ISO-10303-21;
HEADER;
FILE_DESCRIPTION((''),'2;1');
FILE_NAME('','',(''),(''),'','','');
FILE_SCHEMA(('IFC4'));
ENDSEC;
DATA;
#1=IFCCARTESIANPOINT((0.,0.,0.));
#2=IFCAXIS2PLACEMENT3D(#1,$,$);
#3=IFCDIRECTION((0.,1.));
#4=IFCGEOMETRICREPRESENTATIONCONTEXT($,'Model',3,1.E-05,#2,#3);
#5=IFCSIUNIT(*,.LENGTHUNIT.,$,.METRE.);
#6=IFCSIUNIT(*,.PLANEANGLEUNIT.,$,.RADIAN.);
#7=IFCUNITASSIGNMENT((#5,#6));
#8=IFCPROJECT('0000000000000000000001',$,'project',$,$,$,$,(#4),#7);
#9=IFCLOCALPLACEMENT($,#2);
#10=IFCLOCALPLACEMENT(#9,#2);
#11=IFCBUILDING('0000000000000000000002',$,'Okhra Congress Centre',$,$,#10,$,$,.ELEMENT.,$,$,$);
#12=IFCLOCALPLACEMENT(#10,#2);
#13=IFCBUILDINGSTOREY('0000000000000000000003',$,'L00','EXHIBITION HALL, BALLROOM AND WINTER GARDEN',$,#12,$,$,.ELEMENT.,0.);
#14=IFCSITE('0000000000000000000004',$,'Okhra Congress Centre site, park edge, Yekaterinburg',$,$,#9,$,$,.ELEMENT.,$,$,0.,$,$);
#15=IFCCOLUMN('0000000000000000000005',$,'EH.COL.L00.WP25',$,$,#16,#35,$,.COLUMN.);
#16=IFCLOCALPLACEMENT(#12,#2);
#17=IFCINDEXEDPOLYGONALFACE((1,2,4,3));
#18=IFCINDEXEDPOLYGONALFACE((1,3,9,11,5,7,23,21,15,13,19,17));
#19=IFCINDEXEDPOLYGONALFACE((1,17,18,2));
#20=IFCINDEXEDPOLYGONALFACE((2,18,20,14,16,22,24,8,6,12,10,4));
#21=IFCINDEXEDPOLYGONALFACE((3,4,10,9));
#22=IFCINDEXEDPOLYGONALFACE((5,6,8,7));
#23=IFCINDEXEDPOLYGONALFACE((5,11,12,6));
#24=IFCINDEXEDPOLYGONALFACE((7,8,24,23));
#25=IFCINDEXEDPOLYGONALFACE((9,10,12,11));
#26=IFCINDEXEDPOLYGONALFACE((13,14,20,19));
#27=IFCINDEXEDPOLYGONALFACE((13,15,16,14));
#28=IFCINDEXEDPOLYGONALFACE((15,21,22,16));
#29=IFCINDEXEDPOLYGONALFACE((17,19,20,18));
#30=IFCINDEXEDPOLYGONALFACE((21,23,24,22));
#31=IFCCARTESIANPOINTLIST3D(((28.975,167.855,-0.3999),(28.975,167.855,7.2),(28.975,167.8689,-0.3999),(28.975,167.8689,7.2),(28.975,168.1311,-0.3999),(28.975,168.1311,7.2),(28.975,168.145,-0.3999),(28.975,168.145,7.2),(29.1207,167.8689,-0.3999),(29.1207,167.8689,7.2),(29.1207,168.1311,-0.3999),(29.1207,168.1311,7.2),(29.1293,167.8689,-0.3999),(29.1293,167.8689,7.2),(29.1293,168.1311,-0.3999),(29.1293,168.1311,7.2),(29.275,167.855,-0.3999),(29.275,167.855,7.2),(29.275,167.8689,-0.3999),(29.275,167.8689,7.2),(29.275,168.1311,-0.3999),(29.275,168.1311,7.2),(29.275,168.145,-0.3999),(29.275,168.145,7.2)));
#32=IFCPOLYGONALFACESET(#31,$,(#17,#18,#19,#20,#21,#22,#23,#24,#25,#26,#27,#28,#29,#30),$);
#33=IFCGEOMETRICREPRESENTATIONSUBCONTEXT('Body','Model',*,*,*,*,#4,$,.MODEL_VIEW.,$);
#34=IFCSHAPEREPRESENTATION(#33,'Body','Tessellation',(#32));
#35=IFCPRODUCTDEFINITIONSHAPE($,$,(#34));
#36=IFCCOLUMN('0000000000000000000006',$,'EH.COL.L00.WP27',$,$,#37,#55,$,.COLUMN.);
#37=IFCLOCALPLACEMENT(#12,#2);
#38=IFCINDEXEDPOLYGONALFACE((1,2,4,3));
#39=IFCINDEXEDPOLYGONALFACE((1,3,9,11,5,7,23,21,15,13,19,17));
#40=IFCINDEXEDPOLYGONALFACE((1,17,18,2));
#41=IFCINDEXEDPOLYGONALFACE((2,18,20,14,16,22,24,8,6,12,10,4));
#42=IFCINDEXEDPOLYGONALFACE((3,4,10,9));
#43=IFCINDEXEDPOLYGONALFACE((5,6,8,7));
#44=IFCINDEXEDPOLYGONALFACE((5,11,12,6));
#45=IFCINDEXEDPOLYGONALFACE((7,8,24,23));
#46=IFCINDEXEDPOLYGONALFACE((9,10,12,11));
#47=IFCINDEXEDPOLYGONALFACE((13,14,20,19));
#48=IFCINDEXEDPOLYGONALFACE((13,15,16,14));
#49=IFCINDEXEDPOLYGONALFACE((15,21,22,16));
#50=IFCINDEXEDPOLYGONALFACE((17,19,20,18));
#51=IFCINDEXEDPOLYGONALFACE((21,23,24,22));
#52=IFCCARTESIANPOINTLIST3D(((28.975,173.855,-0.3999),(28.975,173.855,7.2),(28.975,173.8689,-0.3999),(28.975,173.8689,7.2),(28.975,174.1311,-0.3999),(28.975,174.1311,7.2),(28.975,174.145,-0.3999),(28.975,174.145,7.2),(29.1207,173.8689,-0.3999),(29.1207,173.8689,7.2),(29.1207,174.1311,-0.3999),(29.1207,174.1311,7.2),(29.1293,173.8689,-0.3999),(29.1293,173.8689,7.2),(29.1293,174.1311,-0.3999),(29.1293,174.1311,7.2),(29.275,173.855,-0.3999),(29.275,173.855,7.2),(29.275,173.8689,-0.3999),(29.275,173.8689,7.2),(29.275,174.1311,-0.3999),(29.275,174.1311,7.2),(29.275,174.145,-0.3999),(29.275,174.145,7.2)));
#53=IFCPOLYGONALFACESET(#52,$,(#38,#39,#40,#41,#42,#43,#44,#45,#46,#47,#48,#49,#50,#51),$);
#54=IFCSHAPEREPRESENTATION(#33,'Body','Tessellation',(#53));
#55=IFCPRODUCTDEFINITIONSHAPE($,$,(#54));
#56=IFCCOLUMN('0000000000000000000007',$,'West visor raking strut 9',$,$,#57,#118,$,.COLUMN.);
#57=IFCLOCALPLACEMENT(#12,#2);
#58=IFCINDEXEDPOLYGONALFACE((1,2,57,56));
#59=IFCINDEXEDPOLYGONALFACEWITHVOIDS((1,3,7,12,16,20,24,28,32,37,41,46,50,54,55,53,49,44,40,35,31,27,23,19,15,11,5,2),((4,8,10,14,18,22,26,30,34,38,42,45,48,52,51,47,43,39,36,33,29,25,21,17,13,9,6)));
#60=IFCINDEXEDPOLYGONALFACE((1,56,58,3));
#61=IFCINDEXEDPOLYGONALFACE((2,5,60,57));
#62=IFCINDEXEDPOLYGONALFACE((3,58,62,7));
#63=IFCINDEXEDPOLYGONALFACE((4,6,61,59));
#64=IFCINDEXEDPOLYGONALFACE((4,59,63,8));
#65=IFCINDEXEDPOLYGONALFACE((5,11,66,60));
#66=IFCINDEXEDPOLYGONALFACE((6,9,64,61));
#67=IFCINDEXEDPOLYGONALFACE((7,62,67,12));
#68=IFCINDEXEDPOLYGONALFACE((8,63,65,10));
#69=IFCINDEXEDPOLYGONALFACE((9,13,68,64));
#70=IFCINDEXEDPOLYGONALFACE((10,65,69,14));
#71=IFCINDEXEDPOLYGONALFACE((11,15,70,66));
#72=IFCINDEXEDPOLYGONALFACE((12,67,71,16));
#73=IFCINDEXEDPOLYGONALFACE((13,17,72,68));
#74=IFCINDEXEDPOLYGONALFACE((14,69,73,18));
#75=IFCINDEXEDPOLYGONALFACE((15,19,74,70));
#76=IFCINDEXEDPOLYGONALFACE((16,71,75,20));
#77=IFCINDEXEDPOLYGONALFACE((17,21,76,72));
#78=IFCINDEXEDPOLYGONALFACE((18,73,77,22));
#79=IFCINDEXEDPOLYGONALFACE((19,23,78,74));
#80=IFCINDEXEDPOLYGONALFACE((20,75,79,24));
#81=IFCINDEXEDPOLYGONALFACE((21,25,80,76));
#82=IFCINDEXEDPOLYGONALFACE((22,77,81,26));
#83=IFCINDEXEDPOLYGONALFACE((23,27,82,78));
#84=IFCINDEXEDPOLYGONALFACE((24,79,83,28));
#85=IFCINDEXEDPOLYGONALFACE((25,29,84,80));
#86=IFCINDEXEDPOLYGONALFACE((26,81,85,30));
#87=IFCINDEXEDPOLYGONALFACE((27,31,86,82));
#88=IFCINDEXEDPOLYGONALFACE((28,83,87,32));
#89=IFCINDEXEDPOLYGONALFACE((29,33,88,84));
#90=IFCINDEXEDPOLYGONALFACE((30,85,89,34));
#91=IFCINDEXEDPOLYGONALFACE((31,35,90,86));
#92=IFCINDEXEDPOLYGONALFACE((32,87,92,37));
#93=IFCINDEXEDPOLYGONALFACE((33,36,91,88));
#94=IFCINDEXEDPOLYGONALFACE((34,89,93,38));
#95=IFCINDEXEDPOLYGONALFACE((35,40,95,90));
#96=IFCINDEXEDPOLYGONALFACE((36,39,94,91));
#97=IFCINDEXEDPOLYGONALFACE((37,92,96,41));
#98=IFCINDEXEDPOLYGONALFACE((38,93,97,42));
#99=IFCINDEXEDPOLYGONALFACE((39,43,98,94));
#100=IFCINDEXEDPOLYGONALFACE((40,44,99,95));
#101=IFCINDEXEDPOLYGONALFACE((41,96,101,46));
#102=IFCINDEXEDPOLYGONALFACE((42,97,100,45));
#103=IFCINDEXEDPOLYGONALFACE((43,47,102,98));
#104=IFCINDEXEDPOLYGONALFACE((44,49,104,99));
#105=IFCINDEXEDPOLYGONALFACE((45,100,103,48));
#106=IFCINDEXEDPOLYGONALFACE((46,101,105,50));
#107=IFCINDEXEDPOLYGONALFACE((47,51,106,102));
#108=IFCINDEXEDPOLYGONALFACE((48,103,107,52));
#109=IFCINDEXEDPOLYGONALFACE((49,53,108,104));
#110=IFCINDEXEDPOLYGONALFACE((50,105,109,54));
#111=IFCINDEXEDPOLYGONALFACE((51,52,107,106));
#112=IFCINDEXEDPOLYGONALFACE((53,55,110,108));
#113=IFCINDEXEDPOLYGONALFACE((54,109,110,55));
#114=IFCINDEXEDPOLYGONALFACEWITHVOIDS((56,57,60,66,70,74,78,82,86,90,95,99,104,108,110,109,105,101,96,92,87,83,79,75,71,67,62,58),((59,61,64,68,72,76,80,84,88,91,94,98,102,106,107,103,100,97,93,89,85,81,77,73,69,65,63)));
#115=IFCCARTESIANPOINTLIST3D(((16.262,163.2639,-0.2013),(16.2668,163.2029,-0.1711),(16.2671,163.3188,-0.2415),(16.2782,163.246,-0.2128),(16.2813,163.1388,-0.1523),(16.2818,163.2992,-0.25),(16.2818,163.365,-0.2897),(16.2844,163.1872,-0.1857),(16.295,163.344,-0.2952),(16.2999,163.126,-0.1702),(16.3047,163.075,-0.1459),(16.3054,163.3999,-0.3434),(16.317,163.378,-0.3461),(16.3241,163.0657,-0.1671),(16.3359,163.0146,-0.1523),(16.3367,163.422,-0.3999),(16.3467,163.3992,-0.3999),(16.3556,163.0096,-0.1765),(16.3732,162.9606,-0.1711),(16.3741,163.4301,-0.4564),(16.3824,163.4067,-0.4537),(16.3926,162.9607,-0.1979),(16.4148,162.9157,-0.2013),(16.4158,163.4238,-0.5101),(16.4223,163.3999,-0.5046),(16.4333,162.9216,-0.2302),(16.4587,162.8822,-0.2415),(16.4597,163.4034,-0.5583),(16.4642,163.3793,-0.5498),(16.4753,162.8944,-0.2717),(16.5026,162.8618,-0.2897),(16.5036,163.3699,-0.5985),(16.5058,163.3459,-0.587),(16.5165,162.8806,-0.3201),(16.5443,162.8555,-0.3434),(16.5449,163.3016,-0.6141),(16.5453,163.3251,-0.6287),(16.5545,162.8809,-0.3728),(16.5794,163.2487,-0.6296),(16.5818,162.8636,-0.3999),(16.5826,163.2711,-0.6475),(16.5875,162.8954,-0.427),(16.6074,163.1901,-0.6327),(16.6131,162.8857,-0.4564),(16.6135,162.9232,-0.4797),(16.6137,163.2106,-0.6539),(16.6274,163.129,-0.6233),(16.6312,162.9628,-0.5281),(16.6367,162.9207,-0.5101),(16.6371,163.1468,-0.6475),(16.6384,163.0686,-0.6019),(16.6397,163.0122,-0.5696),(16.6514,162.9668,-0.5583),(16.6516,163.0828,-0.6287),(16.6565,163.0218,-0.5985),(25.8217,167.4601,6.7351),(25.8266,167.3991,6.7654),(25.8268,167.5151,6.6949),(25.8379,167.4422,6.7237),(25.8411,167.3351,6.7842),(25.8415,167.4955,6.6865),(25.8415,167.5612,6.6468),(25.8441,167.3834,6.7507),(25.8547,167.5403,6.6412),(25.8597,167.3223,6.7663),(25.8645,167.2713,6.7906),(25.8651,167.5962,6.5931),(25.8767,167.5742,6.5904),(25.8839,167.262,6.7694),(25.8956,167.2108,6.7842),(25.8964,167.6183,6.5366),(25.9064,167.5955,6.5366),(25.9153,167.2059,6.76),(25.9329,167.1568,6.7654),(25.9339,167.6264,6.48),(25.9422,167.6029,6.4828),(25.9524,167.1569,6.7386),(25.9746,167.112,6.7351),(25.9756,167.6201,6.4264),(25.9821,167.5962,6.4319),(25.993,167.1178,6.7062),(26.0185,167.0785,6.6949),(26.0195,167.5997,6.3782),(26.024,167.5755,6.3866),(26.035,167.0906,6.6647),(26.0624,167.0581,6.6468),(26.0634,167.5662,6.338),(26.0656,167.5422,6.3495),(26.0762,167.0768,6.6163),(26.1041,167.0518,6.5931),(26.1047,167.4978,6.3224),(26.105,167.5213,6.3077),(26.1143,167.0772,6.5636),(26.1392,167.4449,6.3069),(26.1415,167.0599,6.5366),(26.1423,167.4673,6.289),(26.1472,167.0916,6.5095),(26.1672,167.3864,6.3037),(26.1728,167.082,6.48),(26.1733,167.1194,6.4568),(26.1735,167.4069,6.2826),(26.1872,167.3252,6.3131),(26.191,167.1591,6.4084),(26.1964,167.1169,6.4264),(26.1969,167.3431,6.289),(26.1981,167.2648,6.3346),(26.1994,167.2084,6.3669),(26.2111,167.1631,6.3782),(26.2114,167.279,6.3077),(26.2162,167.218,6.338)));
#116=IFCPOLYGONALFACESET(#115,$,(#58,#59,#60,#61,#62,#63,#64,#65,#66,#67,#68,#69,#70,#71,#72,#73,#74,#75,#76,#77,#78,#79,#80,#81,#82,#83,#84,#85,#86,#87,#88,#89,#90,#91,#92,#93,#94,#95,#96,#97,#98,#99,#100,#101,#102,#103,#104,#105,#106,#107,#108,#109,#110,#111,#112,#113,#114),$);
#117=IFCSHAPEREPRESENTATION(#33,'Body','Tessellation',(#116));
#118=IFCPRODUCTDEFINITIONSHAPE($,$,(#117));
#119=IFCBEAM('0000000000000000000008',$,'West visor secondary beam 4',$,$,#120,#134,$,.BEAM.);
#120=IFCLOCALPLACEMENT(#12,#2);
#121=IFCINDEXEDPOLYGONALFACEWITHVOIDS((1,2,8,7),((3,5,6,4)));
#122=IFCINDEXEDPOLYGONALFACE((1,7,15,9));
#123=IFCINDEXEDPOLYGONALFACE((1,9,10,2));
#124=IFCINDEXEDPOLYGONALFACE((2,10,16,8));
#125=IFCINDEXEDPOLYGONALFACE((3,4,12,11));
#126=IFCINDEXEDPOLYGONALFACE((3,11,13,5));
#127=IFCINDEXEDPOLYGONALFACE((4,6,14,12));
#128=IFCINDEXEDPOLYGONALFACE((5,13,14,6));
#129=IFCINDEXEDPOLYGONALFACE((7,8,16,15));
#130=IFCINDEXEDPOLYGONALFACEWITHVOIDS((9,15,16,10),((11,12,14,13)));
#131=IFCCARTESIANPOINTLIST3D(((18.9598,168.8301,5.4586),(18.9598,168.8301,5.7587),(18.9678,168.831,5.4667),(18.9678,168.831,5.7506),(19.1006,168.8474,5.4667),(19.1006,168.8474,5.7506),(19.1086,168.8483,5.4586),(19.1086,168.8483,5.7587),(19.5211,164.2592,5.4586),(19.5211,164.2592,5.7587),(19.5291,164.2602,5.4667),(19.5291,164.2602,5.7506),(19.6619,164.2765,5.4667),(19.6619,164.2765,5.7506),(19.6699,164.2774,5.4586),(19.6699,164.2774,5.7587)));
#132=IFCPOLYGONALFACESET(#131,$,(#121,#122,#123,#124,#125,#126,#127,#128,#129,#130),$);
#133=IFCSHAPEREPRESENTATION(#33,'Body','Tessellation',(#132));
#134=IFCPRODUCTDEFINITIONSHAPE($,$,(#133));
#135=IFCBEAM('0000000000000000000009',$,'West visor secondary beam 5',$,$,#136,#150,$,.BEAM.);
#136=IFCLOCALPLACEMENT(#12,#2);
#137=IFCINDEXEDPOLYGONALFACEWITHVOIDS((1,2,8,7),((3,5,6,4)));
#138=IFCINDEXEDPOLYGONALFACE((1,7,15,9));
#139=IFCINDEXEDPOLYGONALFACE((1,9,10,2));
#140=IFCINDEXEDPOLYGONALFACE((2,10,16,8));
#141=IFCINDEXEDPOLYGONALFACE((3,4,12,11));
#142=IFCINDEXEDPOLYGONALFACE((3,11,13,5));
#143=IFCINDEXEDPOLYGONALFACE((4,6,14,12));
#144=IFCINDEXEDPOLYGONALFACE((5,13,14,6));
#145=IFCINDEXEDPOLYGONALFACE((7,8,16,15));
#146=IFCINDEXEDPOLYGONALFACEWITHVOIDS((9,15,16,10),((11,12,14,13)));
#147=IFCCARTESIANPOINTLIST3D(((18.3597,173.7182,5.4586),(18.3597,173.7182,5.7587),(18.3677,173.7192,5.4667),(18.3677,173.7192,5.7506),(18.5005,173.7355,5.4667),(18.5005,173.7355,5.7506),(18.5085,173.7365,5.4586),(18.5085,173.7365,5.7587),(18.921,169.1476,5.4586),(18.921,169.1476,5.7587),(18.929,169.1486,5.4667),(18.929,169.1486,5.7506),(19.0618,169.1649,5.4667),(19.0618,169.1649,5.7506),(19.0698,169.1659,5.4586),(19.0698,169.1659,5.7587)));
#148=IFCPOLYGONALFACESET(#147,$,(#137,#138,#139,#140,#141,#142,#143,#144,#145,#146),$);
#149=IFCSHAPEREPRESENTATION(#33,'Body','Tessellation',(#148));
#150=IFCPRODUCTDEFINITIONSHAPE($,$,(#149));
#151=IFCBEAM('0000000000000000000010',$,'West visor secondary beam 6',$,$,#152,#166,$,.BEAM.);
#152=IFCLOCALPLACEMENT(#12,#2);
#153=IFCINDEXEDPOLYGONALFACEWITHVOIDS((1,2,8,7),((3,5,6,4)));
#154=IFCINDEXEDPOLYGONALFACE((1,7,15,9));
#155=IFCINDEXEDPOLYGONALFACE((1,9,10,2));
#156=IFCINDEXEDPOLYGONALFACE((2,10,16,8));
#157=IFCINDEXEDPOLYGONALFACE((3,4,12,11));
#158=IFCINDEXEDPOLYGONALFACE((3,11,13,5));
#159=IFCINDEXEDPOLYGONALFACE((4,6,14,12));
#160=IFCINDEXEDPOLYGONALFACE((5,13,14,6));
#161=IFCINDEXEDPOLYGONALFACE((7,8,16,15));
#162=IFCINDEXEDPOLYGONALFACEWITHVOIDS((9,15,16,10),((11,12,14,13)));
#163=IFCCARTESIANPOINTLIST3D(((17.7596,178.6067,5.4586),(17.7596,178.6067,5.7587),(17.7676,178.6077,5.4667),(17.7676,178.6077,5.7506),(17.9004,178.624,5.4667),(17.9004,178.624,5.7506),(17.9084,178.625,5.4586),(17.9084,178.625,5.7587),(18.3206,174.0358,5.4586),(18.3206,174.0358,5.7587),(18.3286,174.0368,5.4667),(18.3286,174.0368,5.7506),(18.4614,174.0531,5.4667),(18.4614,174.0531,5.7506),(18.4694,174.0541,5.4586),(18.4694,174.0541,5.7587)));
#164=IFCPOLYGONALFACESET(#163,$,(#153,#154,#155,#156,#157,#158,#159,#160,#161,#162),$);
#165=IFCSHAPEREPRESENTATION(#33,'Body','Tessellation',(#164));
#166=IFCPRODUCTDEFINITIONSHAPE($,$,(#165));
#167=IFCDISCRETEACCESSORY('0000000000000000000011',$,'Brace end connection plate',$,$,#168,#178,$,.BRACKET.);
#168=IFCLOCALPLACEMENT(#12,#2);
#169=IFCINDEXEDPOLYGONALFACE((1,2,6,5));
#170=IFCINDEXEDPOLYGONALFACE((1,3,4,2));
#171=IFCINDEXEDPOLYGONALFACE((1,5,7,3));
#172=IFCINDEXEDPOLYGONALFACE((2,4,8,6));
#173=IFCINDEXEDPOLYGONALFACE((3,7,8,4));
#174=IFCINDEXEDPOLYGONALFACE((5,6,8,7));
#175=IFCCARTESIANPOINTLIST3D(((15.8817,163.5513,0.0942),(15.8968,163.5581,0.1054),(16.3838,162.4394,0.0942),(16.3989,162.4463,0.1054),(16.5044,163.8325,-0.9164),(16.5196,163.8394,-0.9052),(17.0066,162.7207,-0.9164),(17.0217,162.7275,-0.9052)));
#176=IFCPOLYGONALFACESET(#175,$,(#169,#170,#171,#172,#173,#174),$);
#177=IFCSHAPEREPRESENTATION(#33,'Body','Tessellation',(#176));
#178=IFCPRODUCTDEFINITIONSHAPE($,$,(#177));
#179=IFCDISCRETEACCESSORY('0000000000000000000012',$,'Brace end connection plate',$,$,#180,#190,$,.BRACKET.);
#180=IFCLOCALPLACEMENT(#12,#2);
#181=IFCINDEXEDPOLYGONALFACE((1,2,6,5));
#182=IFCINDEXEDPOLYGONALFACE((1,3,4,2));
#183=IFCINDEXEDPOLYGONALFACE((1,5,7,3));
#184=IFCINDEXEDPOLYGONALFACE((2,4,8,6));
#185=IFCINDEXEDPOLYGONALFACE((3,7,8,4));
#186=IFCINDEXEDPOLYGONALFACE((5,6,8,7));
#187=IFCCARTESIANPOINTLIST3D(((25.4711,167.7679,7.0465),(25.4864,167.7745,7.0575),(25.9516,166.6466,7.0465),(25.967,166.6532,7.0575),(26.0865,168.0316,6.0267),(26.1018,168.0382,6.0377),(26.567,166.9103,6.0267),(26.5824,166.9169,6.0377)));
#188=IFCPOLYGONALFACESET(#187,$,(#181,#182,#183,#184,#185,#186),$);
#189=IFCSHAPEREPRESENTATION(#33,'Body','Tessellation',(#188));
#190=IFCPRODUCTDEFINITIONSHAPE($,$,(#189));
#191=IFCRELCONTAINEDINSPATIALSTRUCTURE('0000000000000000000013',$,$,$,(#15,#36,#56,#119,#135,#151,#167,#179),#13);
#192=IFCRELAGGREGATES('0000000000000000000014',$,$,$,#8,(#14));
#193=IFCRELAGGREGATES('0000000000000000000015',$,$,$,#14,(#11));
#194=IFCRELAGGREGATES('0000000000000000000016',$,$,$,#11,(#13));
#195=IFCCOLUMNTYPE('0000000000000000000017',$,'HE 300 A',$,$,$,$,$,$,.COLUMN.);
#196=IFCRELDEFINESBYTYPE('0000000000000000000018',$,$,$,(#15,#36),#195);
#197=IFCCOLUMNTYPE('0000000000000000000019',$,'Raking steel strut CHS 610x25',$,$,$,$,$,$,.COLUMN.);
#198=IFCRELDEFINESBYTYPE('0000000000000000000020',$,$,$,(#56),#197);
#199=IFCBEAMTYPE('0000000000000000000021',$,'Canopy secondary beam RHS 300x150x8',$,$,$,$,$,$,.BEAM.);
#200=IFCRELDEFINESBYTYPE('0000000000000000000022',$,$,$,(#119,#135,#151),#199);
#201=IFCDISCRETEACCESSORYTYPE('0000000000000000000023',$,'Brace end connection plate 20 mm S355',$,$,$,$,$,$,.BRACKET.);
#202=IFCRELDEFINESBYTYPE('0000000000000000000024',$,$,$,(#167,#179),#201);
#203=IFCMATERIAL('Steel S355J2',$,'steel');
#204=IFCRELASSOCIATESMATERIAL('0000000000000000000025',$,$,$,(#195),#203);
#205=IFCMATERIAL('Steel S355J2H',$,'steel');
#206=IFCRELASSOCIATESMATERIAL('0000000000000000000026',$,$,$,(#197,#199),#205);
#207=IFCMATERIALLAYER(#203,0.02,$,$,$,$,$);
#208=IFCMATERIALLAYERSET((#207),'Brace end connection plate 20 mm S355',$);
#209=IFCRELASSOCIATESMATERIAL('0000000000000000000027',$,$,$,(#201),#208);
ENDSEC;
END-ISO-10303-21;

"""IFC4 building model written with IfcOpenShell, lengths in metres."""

from ifc_helpers import new_model, si_unit, direction, frame, origin, origin_2d, place, context, subcontext, project, spatial, rectangle, hollow_rectangle, hollow_circle, i_section, extrude, material, layer, layer_set, material_profile, profile_set, type_object, element, save


model = new_model("IFC4")

# Units and contexts
model_context = context("Model", 3, precision=1e-05, world=origin(), true_north=direction((0.0, 1.0)))
body_context = subcontext(model_context, "Body", "Model", "MODEL_VIEW")
ifc_project = project(units=[si_unit("LENGTHUNIT", "METRE"), si_unit("PLANEANGLEUNIT", "RADIAN")], contexts=[model_context])

# Site, building, storey
site_placement = place(None, origin())
site = spatial("IfcSite", under=ifc_project, at=site_placement, Name="Okhra Congress Centre site, park edge, Yekaterinburg", CompositionType="ELEMENT", RefElevation=0.0)
building_placement = place(site_placement, origin())
building = spatial("IfcBuilding", under=site, at=building_placement, Name="Okhra Congress Centre", CompositionType="ELEMENT")
storey_placement = place(building_placement, origin())
storey = spatial("IfcBuildingStorey", under=building, at=storey_placement, Name="L00", Description="EXHIBITION HALL, BALLROOM AND WINTER GARDEN", CompositionType="ELEMENT", Elevation=0.0)

# Columns
ifc_material_1 = material(Name="Steel S355J2", Category="steel")
ifc_material_profile_1 = material_profile(ifc_material_1, i_section(OverallWidth=0.3, OverallDepth=0.29, WebThickness=0.0085, FlangeThickness=0.0139, at=origin_2d()), Name="HE 300 A")
ifc_profile_set_1 = profile_set([ifc_material_profile_1], Name="Steel S355J2")
column_type_1 = type_object("IfcColumnType", Name="HE 300 A", PredefinedType="COLUMN", material=ifc_profile_set_1)
for number, where, z_axis, x_axis, name in (
    (1, (29.125, 168.0, -0.3999), (0.0, 0.0, 1.0), (1.0, 0.0, 0.0), "EH.COL.L00.WP25"),
    (2, (29.125, 174.0, -0.3999), (0.0, 0.0, 1.0), (1.0, 0.0, 0.0), "EH.COL.L00.WP27"),
):
    element("IfcColumn", number, at=place(storey_placement, frame(where, z_axis=z_axis, x_axis=x_axis)), inside=storey, type_object=column_type_1, Name=name, PredefinedType="COLUMN", context=body_context, shape_type="SweptSolid", body=[
        extrude(i_section(OverallWidth=0.3, OverallDepth=0.29, WebThickness=0.0085, FlangeThickness=0.0139, at=origin_2d()), origin(), (0.0, 0.0, 1.0), 7.5999),
    ])
ifc_material_2 = material(Name="Steel S355J2H", Category="steel")
ifc_material_profile_2 = material_profile(ifc_material_2, hollow_circle(Radius=0.3049, WallThickness=0.0249, at=origin_2d()), Name="CHS 610x25")
ifc_profile_set_2 = profile_set([ifc_material_profile_2], Name="Steel S355J2H")
column_type_2 = type_object("IfcColumnType", Name="Raking steel strut CHS 610x25", PredefinedType="COLUMN", material=ifc_profile_set_2)
column_placement = place(storey_placement, frame((16.4592, 163.1428, -0.3999), z_axis=(0.762679, 0.334779, 0.553394), x_axis=(-0.401934, 0.915669, 0.0)))
element("IfcColumn", 3, at=column_placement, inside=storey, type_object=column_type_2, Name="West visor raking strut 9", PredefinedType="COLUMN", context=body_context, shape_type="SweptSolid", body=[
    extrude(hollow_circle(Radius=0.3049, WallThickness=0.0249, at=origin_2d()), origin(), (0.0, 0.0, 1.0), 12.5344),
])

# Beams
ifc_material_profile_3 = material_profile(ifc_material_2, hollow_rectangle(XDim=0.1499, YDim=0.3, WallThickness=0.0081, at=origin_2d()), Name="RHS 300x150x8")
ifc_profile_set_3 = profile_set([ifc_material_profile_3], Name="Steel S355J2H")
beam_type = type_object("IfcBeamType", Name="Canopy secondary beam RHS 300x150x8", PredefinedType="BEAM", material=ifc_profile_set_3)
beam_1_placement = place(storey_placement, frame((19.5955, 164.2683, 5.6086), z_axis=(-0.121881, 0.992545, 0.0), x_axis=(-0.992545, -0.121881, 0.0)))
element("IfcBeam", 4, at=beam_1_placement, inside=storey, type_object=beam_type, Name="West visor secondary beam 4", PredefinedType="BEAM", context=body_context, shape_type="SweptSolid", body=[
    extrude(hollow_rectangle(XDim=0.1499, YDim=0.3, WallThickness=0.0081, at=origin_2d()), origin(), (0.0, 0.0, 1.0), 4.6052),
])
beam_2_placement = place(storey_placement, frame((18.9954, 169.1567, 5.6086), z_axis=(-0.121888, 0.992544, 0.0), x_axis=(-0.992544, -0.121888, 0.0)))
element("IfcBeam", 5, at=beam_2_placement, inside=storey, type_object=beam_type, Name="West visor secondary beam 5", PredefinedType="BEAM", context=body_context, shape_type="SweptSolid", body=[
    extrude(hollow_rectangle(XDim=0.1499, YDim=0.3, WallThickness=0.0081, at=origin_2d()), origin(), (0.0, 0.0, 1.0), 4.605),
])
beam_3_placement = place(storey_placement, frame((18.395, 174.0449, 5.6086), z_axis=(-0.121829, 0.992551, 0.0), x_axis=(-0.992551, -0.121829, 0.0)))
element("IfcBeam", 6, at=beam_3_placement, inside=storey, type_object=beam_type, Name="West visor secondary beam 6", PredefinedType="BEAM", context=body_context, shape_type="SweptSolid", body=[
    extrude(hollow_rectangle(XDim=0.1499, YDim=0.3, WallThickness=0.0081, at=origin_2d()), origin(), (0.0, 0.0, 1.0), 4.6052),
])

# Discrete accessories
ifc_layer = layer(ifc_material_1, 0.02)
ifc_layer_set = layer_set([ifc_layer], Name="Brace end connection plate 20 mm S355")
discrete_accessory_type_1 = type_object("IfcDiscreteAccessoryType", Name="Brace end connection plate 20 mm S355", PredefinedType="BRACKET", material=ifc_layer_set)
for number, where, z_axis, x_axis, name in (
    (7, (16.4592, 163.1428, -0.3999), (-0.754976, -0.340957, -0.560143), (0.411587, -0.911371, 0.0), "Brace end connection plate"),
    (8, (26.019, 167.3391, 6.5366), (0.76835, 0.329293, 0.548821), (-0.393919, 0.919145, 0.0), "Brace end connection plate"),
):
    element("IfcDiscreteAccessory", number, at=place(storey_placement, frame(where, z_axis=z_axis, x_axis=x_axis)), inside=storey, type_object=discrete_accessory_type_1, Name=name, PredefinedType="BRACKET", context=body_context, shape_type="SweptSolid", body=[
        extrude(rectangle(XDim=1.22, YDim=1.22, at=origin_2d()), origin(), (0.0, 0.0, 1.0), 0.02),
    ])

save(model, "model.ifc")
